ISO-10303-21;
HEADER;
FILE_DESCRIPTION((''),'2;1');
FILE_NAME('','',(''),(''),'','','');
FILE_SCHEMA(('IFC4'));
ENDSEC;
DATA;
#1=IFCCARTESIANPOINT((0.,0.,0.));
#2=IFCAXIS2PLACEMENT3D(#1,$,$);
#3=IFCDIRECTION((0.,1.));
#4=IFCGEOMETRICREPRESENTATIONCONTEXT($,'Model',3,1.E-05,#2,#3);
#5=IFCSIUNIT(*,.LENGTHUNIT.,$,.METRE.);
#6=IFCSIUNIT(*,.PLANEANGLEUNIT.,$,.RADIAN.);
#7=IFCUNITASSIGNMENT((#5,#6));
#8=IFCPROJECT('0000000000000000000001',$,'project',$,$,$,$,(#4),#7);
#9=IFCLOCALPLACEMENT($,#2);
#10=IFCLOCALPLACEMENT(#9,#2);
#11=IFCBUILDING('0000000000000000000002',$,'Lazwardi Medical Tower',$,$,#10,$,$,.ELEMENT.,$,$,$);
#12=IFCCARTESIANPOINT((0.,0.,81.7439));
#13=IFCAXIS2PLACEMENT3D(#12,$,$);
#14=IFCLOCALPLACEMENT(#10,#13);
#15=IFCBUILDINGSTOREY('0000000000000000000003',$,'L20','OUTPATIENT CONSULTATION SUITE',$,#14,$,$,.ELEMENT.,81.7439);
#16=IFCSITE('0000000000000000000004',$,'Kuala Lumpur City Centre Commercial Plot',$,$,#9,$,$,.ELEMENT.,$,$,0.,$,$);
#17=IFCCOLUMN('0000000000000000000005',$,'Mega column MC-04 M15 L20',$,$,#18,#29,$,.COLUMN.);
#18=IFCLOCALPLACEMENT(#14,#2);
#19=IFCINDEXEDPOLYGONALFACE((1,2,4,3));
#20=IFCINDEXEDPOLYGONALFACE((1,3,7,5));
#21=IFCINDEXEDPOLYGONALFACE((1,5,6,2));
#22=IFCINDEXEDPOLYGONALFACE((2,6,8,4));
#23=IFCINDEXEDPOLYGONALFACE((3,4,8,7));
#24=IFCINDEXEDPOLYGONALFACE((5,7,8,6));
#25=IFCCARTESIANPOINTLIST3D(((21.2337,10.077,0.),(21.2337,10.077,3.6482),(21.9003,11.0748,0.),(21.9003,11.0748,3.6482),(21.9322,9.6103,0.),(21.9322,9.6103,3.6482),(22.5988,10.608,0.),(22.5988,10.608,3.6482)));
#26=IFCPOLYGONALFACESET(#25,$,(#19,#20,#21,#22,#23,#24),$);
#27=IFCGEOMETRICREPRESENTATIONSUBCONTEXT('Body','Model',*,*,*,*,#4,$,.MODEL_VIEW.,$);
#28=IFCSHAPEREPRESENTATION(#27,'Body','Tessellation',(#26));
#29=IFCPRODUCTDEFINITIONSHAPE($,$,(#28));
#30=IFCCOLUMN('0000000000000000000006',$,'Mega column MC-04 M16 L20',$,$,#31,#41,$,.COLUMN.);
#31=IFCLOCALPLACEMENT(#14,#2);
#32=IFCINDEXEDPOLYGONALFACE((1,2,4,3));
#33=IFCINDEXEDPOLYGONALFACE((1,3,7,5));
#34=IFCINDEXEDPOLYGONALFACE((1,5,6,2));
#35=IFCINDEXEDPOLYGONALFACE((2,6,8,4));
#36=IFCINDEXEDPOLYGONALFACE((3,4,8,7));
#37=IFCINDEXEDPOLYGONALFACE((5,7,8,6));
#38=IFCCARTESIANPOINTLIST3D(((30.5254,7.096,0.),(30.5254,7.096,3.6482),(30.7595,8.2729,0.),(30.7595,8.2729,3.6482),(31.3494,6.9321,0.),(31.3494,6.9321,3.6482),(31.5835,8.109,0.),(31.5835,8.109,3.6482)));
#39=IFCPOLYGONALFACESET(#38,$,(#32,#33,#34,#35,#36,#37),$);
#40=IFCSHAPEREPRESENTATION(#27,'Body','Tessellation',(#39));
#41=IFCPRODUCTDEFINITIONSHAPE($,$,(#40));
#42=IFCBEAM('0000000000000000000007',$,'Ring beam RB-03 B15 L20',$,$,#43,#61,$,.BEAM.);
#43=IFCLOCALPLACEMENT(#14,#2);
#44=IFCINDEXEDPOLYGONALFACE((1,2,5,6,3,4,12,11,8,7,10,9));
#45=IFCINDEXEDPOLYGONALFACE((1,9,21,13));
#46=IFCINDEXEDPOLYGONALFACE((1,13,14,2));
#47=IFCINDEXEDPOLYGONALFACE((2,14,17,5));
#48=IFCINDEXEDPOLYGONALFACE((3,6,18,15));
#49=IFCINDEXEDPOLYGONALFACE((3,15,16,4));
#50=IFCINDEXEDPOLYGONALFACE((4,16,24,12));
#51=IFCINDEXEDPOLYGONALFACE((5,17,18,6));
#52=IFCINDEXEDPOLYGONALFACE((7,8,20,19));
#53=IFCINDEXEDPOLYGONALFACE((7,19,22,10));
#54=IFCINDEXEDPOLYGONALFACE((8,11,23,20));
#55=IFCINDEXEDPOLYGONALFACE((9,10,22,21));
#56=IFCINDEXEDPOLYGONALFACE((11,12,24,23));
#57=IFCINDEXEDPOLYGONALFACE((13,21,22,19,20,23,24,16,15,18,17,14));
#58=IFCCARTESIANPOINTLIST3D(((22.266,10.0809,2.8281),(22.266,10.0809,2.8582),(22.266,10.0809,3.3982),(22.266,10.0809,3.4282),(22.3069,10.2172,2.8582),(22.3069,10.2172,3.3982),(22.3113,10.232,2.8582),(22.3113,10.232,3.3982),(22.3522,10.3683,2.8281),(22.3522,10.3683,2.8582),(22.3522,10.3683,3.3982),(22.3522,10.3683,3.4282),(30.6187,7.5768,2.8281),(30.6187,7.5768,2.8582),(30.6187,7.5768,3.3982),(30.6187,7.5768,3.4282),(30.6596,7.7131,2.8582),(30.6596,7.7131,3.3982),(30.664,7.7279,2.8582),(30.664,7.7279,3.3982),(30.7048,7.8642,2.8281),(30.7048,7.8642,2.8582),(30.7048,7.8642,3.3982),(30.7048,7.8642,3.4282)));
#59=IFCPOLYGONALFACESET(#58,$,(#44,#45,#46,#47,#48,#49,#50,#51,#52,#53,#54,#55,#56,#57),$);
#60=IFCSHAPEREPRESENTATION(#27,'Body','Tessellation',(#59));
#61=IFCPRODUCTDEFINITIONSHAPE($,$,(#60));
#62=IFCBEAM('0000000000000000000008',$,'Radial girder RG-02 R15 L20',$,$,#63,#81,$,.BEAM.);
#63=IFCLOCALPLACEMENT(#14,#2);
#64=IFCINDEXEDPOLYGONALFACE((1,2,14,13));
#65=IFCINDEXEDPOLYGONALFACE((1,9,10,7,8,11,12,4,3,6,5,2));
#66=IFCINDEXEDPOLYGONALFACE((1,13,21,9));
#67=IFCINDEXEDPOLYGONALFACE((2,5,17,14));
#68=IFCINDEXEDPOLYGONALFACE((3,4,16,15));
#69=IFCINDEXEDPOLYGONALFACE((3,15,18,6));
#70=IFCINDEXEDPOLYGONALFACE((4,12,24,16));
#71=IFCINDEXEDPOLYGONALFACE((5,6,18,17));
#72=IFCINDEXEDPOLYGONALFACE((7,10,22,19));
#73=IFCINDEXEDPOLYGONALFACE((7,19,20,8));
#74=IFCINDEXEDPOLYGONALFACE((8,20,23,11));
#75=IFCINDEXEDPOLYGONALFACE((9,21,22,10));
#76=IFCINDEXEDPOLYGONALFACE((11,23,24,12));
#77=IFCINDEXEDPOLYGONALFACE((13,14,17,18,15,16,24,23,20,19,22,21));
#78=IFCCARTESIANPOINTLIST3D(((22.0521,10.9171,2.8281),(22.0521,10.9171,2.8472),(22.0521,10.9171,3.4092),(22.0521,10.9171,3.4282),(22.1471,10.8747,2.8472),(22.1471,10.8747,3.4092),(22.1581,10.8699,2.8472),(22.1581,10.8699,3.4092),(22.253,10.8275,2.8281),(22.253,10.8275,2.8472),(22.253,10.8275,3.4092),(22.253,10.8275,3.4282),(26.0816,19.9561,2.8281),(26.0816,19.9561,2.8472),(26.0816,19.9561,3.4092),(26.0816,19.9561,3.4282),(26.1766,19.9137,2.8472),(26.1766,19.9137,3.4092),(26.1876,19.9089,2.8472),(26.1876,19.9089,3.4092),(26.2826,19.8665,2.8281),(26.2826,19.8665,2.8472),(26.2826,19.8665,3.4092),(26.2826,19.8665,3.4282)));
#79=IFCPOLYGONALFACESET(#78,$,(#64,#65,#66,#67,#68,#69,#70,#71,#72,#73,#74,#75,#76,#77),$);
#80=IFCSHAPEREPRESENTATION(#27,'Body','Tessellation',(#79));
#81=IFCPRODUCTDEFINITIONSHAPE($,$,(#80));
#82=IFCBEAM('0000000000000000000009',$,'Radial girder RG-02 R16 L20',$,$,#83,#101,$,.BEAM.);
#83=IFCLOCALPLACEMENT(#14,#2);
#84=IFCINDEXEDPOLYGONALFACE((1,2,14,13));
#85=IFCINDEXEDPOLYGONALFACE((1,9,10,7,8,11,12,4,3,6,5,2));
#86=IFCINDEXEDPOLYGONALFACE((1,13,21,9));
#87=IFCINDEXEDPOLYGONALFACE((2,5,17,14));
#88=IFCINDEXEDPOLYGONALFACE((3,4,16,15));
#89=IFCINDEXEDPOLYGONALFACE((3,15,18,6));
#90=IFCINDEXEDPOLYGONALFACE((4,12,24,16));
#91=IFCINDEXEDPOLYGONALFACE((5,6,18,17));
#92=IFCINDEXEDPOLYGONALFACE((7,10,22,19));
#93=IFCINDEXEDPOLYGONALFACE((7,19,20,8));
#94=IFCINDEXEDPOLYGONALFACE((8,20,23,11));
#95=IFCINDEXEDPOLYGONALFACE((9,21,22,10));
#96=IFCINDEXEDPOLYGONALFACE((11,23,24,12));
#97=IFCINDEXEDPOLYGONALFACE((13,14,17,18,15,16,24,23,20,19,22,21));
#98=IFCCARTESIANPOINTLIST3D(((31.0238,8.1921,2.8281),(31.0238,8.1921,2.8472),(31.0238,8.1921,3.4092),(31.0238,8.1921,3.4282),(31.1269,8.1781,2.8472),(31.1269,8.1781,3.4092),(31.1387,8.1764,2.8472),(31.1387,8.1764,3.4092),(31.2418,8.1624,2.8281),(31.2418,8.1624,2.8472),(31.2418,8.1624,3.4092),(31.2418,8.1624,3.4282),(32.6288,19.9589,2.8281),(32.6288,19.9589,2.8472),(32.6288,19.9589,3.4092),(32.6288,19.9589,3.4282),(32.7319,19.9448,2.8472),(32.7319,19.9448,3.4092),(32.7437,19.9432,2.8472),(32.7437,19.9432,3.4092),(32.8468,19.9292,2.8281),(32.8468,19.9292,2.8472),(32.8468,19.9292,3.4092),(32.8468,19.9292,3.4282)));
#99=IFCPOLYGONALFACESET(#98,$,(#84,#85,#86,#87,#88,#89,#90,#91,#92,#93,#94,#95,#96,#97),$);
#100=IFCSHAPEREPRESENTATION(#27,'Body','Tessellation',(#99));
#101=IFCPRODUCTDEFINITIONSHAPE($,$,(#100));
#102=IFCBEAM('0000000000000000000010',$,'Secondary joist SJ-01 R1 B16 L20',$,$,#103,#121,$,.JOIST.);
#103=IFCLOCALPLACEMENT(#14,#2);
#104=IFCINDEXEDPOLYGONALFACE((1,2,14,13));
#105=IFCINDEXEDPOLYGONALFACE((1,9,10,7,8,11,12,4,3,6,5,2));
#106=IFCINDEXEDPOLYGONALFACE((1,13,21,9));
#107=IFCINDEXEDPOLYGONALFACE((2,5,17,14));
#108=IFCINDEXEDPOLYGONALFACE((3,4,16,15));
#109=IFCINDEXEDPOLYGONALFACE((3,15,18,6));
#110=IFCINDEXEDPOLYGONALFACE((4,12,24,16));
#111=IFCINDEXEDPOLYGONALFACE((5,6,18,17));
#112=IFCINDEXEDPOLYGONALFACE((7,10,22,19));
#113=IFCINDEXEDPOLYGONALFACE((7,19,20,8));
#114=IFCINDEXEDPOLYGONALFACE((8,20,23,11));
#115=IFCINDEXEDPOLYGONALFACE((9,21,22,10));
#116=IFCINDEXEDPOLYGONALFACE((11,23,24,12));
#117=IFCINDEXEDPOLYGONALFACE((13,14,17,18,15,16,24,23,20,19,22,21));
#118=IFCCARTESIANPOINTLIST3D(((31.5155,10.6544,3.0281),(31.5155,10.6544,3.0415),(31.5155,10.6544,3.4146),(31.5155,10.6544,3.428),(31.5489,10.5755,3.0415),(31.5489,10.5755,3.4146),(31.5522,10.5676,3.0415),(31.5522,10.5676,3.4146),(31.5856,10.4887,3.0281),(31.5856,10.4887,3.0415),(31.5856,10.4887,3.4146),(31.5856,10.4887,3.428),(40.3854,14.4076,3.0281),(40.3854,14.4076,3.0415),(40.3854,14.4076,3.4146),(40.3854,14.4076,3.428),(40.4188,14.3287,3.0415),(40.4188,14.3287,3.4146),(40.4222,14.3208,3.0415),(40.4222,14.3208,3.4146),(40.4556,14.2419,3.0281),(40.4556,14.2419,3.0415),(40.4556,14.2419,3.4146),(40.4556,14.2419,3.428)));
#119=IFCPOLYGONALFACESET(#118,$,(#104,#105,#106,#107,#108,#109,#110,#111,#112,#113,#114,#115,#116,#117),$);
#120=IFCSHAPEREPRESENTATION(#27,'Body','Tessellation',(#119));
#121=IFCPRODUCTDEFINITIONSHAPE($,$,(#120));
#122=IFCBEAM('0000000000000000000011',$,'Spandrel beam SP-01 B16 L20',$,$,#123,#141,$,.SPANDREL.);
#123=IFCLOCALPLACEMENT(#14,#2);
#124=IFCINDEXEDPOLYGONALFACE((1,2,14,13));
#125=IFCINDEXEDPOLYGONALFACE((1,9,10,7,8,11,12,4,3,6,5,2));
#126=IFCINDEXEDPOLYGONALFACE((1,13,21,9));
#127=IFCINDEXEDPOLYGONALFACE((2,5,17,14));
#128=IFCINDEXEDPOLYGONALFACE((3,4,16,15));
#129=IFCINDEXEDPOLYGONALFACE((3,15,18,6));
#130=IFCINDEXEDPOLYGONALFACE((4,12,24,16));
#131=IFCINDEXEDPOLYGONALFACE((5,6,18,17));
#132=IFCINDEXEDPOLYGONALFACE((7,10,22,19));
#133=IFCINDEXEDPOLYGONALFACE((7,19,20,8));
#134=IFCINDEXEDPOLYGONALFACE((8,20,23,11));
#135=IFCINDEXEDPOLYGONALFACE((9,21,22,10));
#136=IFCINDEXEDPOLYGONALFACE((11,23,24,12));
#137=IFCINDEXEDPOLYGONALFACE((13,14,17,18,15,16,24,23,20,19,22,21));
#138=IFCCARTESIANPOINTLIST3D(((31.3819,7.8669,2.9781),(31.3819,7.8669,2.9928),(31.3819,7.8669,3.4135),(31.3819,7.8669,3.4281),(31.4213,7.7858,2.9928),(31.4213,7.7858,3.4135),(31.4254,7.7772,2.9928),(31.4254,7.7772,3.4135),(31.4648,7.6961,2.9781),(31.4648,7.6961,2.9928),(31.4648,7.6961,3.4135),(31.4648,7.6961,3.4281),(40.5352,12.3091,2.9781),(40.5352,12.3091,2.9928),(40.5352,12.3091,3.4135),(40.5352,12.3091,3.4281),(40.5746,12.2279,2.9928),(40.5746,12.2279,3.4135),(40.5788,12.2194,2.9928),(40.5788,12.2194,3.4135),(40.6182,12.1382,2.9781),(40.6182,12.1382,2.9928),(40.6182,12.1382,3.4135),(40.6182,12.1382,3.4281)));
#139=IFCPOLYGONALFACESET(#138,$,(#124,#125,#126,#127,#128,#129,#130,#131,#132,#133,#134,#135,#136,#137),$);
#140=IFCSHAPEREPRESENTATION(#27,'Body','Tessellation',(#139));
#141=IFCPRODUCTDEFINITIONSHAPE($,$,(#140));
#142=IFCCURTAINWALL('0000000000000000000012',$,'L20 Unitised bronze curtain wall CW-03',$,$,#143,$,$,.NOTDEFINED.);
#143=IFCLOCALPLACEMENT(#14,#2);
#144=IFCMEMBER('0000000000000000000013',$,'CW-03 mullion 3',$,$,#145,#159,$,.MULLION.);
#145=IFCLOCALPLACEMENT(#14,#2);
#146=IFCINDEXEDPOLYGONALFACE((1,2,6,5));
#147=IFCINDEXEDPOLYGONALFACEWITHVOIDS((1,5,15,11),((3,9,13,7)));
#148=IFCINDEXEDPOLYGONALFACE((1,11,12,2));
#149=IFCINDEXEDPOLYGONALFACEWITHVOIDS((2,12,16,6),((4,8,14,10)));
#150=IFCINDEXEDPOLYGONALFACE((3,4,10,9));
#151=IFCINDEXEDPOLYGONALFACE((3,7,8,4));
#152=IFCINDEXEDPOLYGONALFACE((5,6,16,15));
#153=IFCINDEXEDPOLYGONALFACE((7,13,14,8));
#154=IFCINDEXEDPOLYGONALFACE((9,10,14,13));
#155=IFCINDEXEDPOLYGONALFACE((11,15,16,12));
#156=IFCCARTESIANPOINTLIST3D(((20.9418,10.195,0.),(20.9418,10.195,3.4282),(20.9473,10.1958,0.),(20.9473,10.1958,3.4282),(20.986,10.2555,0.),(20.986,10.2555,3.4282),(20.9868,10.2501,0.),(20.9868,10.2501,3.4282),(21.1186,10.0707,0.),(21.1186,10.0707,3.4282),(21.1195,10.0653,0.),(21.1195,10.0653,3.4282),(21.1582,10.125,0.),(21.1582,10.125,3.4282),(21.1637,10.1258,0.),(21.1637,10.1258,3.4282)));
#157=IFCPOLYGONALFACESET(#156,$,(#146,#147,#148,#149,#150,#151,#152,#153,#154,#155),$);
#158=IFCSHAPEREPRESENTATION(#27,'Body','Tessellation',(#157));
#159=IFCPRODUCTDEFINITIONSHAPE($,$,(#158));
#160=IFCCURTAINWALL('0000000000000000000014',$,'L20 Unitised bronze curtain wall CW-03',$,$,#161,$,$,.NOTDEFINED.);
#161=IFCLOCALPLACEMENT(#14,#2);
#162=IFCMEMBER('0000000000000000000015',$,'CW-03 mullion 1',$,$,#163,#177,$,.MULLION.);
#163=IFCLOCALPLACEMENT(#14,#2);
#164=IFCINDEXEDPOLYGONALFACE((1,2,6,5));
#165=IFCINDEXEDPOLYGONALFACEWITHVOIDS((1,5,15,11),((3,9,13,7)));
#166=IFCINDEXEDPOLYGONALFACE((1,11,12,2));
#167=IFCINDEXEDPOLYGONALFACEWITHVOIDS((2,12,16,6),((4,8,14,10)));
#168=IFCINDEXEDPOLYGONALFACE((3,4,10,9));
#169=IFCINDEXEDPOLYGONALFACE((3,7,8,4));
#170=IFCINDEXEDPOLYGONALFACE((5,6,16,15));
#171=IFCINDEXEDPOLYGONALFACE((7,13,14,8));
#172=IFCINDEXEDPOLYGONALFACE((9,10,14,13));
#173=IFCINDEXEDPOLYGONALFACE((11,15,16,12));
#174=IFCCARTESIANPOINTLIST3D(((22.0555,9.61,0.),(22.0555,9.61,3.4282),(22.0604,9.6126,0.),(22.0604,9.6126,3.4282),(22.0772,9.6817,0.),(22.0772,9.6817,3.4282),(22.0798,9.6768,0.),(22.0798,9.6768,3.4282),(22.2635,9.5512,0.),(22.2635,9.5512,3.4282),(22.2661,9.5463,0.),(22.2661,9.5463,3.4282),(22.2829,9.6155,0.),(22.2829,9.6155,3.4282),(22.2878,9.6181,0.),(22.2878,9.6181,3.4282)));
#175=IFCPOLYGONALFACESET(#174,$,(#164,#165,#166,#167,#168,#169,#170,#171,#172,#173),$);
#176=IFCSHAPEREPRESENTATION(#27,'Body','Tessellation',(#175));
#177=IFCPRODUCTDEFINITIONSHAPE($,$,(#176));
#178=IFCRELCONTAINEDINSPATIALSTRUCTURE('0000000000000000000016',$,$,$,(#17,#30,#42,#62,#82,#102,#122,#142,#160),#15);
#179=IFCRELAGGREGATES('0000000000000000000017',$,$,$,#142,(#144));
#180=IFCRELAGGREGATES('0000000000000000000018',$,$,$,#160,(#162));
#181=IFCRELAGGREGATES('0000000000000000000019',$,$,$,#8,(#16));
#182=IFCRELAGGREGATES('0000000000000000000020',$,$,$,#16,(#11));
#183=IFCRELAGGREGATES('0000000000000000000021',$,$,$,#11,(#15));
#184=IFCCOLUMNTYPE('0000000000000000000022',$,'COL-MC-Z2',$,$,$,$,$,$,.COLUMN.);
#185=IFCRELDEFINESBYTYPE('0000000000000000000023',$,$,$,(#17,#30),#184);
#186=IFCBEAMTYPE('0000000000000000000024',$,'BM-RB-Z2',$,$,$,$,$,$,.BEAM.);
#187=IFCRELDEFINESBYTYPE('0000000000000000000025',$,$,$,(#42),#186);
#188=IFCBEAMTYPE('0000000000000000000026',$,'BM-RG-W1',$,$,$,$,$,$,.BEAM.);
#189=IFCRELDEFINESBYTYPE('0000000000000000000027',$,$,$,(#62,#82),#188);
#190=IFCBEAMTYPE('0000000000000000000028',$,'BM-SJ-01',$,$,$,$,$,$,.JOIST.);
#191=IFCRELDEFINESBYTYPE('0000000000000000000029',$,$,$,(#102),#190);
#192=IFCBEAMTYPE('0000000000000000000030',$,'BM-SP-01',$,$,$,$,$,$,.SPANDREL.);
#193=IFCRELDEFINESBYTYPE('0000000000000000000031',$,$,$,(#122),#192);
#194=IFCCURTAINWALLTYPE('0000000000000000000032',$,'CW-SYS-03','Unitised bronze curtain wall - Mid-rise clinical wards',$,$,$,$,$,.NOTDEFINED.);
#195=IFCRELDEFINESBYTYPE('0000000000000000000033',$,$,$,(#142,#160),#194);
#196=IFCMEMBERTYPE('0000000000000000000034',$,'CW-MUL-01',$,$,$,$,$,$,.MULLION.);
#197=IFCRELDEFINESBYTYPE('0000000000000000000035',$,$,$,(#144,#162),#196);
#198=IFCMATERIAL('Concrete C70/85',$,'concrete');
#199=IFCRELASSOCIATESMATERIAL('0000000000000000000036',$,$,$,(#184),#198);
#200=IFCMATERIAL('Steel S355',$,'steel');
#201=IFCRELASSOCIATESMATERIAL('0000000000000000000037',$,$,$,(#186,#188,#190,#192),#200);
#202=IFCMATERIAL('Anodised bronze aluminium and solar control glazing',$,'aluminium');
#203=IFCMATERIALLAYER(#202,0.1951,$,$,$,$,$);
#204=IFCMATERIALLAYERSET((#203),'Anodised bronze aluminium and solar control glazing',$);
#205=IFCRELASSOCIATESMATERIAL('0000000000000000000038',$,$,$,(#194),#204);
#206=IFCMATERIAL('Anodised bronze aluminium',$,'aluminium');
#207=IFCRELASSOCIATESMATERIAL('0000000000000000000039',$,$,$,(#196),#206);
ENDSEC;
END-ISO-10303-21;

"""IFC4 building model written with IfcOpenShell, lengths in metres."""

from ifc_helpers import new_model, si_unit, direction, frame, origin, origin_2d, place, context, subcontext, project, spatial, rectangle, hollow_rectangle, i_section, extrude, material, layer, layer_set, material_profile, profile_set, type_object, element, aggregate, save


model = new_model("IFC4")

# Units and contexts
model_context = context("Model", 3, precision=1e-05, world=origin(), true_north=direction((0.0, 1.0)))
body_context = subcontext(model_context, "Body", "Model", "MODEL_VIEW")
ifc_project = project(units=[si_unit("LENGTHUNIT", "METRE"), si_unit("PLANEANGLEUNIT", "RADIAN")], contexts=[model_context])

# Site, building, storey
site_placement = place(None, origin())
site = spatial("IfcSite", under=ifc_project, at=site_placement, Name="Kuala Lumpur City Centre Commercial Plot", CompositionType="ELEMENT", RefElevation=0.0)
building_placement = place(site_placement, origin())
building = spatial("IfcBuilding", under=site, at=building_placement, Name="Lazwardi Medical Tower", CompositionType="ELEMENT")
storey_placement = place(building_placement, frame((0.0, 0.0, 81.7439)))
storey = spatial("IfcBuildingStorey", under=building, at=storey_placement, Name="L20", Description="OUTPATIENT CONSULTATION SUITE", CompositionType="ELEMENT", Elevation=81.7439)

# Columns
ifc_material_1 = material(Name="Concrete C70/85", Category="concrete")
ifc_material_profile_1 = material_profile(ifc_material_1, rectangle(XDim=1.2, YDim=0.8401, at=origin_2d()), Name="CFT-RECT 1200x840")
ifc_profile_set_1 = profile_set([ifc_material_profile_1], Name="Concrete C70/85")
column_type = type_object("IfcColumnType", Name="COL-MC-Z2", PredefinedType="COLUMN", material=ifc_profile_set_1)
for number, where, z_axis, x_axis, name in (
    (1, (21.9163, 10.3425, 0.0), (0.0, 0.0, 1.0), (-0.55557, -0.83147, 0.0), "Mega column MC-04 M15 L20"),
    (2, (31.0544, 7.6025, 0.0), (0.0, 0.0, 1.0), (-0.19509, -0.980785, 0.0), "Mega column MC-04 M16 L20"),
):
    element("IfcColumn", number, at=place(storey_placement, frame(where, z_axis=z_axis, x_axis=x_axis)), inside=storey, type_object=column_type, Name=name, PredefinedType="COLUMN", context=body_context, shape_type="SweptSolid", body=[
        extrude(rectangle(XDim=1.2, YDim=0.8401, at=origin_2d()), origin(), (0.0, 0.0, 1.0), 3.6482),
    ])

# Beams
ifc_material_2 = material(Name="Steel S355", Category="steel")
ifc_material_profile_2 = material_profile(ifc_material_2, i_section(OverallWidth=0.3, OverallDepth=0.6001, WebThickness=0.0154, FlangeThickness=0.03, at=origin_2d()), Name="HEB 600")
ifc_profile_set_2 = profile_set([ifc_material_profile_2], Name="Steel S355")
beam_type_1 = type_object("IfcBeamType", Name="BM-RB-Z2", PredefinedType="BEAM", material=ifc_profile_set_2)
beam_1_placement = place(storey_placement, frame((22.3091, 10.2246, 3.1282), z_axis=(0.957879, -0.287171, 0.0), x_axis=(0.287171, 0.957879, 0.0)))
element("IfcBeam", 3, at=beam_1_placement, inside=storey, type_object=beam_type_1, Name="Ring beam RB-03 B15 L20", PredefinedType="BEAM", context=body_context, shape_type="SweptSolid", body=[
    extrude(i_section(OverallWidth=0.3, OverallDepth=0.6001, WebThickness=0.0154, FlangeThickness=0.03, at=origin_2d()), origin(), (0.0, 0.0, 1.0), 8.72),
])
ifc_material_profile_3 = material_profile(ifc_material_2, i_section(OverallWidth=0.22, OverallDepth=0.6001, WebThickness=0.012, FlangeThickness=0.019, at=origin_2d()), Name="IPE 600")
ifc_profile_set_3 = profile_set([ifc_material_profile_3], Name="Steel S355")
beam_type_2 = type_object("IfcBeamType", Name="BM-RG-W1", PredefinedType="BEAM", material=ifc_profile_set_3)
beam_2_placement = place(storey_placement, frame((22.1526, 10.8723, 3.1282), z_axis=(0.407166, 0.913354, 0.0), x_axis=(-0.913354, 0.407166, 0.0)))
element("IfcBeam", 4, at=beam_2_placement, inside=storey, type_object=beam_type_2, Name="Radial girder RG-02 R15 L20", PredefinedType="BEAM", context=body_context, shape_type="SweptSolid", body=[
    extrude(i_section(OverallWidth=0.22, OverallDepth=0.6001, WebThickness=0.012, FlangeThickness=0.019, at=origin_2d()), origin(), (0.0, 0.0, 1.0), 9.8965),
])
beam_3_placement = place(storey_placement, frame((31.1328, 8.1772, 3.1282), z_axis=(0.135147, 0.990826, 0.0), x_axis=(-0.990826, 0.135147, 0.0)))
element("IfcBeam", 5, at=beam_3_placement, inside=storey, type_object=beam_type_2, Name="Radial girder RG-02 R16 L20", PredefinedType="BEAM", context=body_context, shape_type="SweptSolid", body=[
    extrude(i_section(OverallWidth=0.22, OverallDepth=0.6001, WebThickness=0.012, FlangeThickness=0.019, at=origin_2d()), origin(), (0.0, 0.0, 1.0), 11.8757),
])
ifc_material_profile_4 = material_profile(ifc_material_2, i_section(OverallWidth=0.1799, OverallDepth=0.3999, WebThickness=0.0085, FlangeThickness=0.0134, at=origin_2d()), Name="IPE 400")
ifc_profile_set_4 = profile_set([ifc_material_profile_4], Name="Steel S355")
beam_type_3 = type_object("IfcBeamType", Name="BM-SJ-01", PredefinedType="JOIST", material=ifc_profile_set_4)
beam_4_placement = place(storey_placement, frame((31.5505, 10.5715, 3.228), z_axis=(0.920947, 0.389687, 0.0), x_axis=(-0.389687, 0.920947, 0.0)))
element("IfcBeam", 6, at=beam_4_placement, inside=storey, type_object=beam_type_3, Name="Secondary joist SJ-01 R1 B16 L20", PredefinedType="JOIST", context=body_context, shape_type="SweptSolid", body=[
    extrude(i_section(OverallWidth=0.1799, OverallDepth=0.3999, WebThickness=0.0085, FlangeThickness=0.0134, at=origin_2d()), origin(), (0.0, 0.0, 1.0), 9.6313),
])
ifc_material_profile_5 = material_profile(ifc_material_2, i_section(OverallWidth=0.1899, OverallDepth=0.45, WebThickness=0.0095, FlangeThickness=0.0146, at=origin_2d()), Name="IPE 450")
ifc_profile_set_5 = profile_set([ifc_material_profile_5], Name="Steel S355")
beam_type_4 = type_object("IfcBeamType", Name="BM-SP-01", PredefinedType="SPANDREL", material=ifc_profile_set_5)
beam_5_placement = place(storey_placement, frame((31.4233, 7.7815, 3.2031), z_axis=(0.899653, 0.436605, 0.0), x_axis=(-0.436605, 0.899653, 0.0)))
element("IfcBeam", 7, at=beam_5_placement, inside=storey, type_object=beam_type_4, Name="Spandrel beam SP-01 B16 L20", PredefinedType="SPANDREL", context=body_context, shape_type="SweptSolid", body=[
    extrude(i_section(OverallWidth=0.1899, OverallDepth=0.45, WebThickness=0.0095, FlangeThickness=0.0146, at=origin_2d()), origin(), (0.0, 0.0, 1.0), 10.1743),
])

# Curtain wall, member
ifc_material_3 = material(Name="Anodised bronze aluminium and solar control glazing", Category="aluminium")
ifc_layer_1 = layer(ifc_material_3, 0.1951)
ifc_layer_set_1 = layer_set([ifc_layer_1], Name="Anodised bronze aluminium and solar control glazing")
curtain_wall_type = type_object("IfcCurtainWallType", Name="CW-SYS-03", Description="Unitised bronze curtain wall - Mid-rise clinical wards", PredefinedType="NOTDEFINED", material=ifc_layer_set_1)
curtain_wall_1_placement = place(storey_placement, origin())
curtain_wall_1 = element("IfcCurtainWall", 8, at=curtain_wall_1_placement, inside=storey, type_object=curtain_wall_type, Name="L20 Unitised bronze curtain wall CW-03", PredefinedType="NOTDEFINED")
ifc_material_4 = material(Name="Anodised bronze aluminium", Category="aluminium")
ifc_material_profile_6 = material_profile(ifc_material_4, hollow_rectangle(XDim=0.075, YDim=0.22, WallThickness=0.0039, at=origin_2d()), Name="ALU-MULLION 220x75x4")
ifc_profile_set_6 = profile_set([ifc_material_profile_6], Name="Anodised bronze aluminium")
member_type_1 = type_object("IfcMemberType", Name="CW-MUL-01", PredefinedType="MULLION", material=ifc_profile_set_6)
member_1_placement = place(storey_placement, frame((21.0527, 10.1604, 0.0), z_axis=(0.0, 0.0, 1.0), x_axis=(0.589531, 0.807746, 0.0)))
member_1 = element("IfcMember", 9, at=member_1_placement, type_object=member_type_1, Name="CW-03 mullion 3", PredefinedType="MULLION", context=body_context, shape_type="SweptSolid", body=[
    extrude(hollow_rectangle(XDim=0.075, YDim=0.22, WallThickness=0.0039, at=origin_2d()), origin(), (0.0, 0.0, 1.0), 3.4282),
])
aggregate(curtain_wall_1, [member_1])

# Curtain wall, member
curtain_wall_2_placement = place(storey_placement, origin())
curtain_wall_2 = element("IfcCurtainWall", 10, at=curtain_wall_2_placement, inside=storey, type_object=curtain_wall_type, Name="L20 Unitised bronze curtain wall CW-03", PredefinedType="NOTDEFINED")
member_2_placement = place(storey_placement, frame((22.1716, 9.614, 0.0), z_axis=(0.0, 0.0, 1.0), x_axis=(0.289374, 0.957216, 0.0)))
member_2 = element("IfcMember", 11, at=member_2_placement, type_object=member_type_1, Name="CW-03 mullion 1", PredefinedType="MULLION", context=body_context, shape_type="SweptSolid", body=[
    extrude(hollow_rectangle(XDim=0.075, YDim=0.22, WallThickness=0.0039, at=origin_2d()), origin(), (0.0, 0.0, 1.0), 3.4282),
])
aggregate(curtain_wall_2, [member_2])

save(model, "model.ifc")
